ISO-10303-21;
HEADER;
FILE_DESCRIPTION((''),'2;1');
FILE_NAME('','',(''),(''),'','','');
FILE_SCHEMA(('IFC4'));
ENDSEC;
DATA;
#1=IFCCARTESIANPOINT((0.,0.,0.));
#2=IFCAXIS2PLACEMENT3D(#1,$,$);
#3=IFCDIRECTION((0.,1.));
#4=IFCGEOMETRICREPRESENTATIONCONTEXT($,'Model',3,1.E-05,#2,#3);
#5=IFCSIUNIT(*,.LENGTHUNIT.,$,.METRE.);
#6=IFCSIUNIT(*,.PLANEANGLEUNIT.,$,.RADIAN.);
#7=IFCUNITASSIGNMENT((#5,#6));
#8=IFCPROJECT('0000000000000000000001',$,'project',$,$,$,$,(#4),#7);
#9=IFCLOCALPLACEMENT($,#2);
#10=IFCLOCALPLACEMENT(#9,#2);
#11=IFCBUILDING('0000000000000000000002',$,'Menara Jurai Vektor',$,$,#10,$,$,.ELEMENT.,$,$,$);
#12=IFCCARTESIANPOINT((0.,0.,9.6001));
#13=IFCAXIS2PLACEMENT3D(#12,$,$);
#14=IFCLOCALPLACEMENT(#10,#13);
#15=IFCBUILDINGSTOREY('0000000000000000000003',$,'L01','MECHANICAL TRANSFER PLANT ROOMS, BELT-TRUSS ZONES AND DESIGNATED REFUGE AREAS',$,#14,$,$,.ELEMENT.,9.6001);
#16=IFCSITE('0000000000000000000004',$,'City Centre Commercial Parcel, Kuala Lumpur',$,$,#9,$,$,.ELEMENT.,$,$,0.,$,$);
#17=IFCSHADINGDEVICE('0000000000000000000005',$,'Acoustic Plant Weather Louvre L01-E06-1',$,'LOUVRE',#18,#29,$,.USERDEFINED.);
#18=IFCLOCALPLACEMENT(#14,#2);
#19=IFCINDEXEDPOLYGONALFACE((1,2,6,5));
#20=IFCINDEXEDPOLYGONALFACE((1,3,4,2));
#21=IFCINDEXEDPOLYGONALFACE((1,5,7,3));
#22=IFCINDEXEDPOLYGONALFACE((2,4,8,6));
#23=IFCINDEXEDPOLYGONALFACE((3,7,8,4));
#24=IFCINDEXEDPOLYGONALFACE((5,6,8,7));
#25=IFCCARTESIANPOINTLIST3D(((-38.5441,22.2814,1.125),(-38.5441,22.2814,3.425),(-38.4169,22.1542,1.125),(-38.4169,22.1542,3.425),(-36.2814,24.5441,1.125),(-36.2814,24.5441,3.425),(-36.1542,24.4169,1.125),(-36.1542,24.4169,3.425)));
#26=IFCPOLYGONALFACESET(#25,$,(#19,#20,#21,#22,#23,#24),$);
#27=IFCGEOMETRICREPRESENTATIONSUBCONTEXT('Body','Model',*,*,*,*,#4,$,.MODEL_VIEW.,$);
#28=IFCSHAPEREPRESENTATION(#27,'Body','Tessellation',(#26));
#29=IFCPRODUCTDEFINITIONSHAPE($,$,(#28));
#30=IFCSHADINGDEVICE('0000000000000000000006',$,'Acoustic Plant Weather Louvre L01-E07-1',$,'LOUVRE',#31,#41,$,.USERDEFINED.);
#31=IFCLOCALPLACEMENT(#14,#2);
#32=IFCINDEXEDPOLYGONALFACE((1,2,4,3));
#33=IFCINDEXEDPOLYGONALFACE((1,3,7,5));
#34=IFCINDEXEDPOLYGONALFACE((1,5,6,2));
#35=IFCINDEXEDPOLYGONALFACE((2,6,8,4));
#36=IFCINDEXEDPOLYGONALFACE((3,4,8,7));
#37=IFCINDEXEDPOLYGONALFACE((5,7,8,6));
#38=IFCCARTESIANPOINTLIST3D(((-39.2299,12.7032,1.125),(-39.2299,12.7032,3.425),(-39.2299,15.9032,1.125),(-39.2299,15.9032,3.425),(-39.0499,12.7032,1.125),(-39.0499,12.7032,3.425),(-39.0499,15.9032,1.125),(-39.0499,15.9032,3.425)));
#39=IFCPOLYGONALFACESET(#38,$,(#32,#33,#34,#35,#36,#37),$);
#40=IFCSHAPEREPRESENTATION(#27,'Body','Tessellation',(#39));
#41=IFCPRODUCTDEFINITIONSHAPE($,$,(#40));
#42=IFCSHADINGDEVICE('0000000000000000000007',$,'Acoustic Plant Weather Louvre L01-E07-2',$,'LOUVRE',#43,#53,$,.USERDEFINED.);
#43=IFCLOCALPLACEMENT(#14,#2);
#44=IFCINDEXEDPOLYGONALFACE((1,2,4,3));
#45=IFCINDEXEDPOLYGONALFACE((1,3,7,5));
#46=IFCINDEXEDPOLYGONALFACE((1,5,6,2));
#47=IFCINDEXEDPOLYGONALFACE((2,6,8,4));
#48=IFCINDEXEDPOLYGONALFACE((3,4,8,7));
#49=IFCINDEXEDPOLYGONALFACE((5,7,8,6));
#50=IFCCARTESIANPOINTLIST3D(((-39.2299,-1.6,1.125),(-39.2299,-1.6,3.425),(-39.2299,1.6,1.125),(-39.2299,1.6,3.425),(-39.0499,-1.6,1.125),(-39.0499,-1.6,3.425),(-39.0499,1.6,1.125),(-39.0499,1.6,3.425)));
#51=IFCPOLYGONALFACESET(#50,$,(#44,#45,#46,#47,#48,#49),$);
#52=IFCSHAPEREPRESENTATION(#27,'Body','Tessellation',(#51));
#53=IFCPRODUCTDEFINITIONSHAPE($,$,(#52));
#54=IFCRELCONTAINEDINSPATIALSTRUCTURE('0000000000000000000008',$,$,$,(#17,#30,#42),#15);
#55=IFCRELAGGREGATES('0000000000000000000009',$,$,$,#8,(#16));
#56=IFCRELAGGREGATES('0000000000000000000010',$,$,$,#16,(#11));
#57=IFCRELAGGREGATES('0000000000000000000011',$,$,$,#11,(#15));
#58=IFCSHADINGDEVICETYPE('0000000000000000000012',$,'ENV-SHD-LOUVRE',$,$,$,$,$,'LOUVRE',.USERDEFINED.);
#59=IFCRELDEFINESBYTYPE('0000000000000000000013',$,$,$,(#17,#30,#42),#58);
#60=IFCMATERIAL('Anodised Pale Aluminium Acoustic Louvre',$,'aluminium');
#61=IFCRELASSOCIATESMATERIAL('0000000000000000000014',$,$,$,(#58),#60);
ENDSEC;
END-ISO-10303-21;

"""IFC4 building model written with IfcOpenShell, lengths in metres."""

from ifc_helpers import new_model, si_unit, direction, frame, origin, origin_2d, place, context, subcontext, project, spatial, rectangle, extrude, material, type_object, element, save


model = new_model("IFC4")

# Units and contexts
model_context = context("Model", 3, precision=1e-05, world=origin(), true_north=direction((0.0, 1.0)))
body_context = subcontext(model_context, "Body", "Model", "MODEL_VIEW")
ifc_project = project(units=[si_unit("LENGTHUNIT", "METRE"), si_unit("PLANEANGLEUNIT", "RADIAN")], contexts=[model_context])

# Site, building, storey
site_placement = place(None, origin())
site = spatial("IfcSite", under=ifc_project, at=site_placement, Name="City Centre Commercial Parcel, Kuala Lumpur", CompositionType="ELEMENT", RefElevation=0.0)
building_placement = place(site_placement, origin())
building = spatial("IfcBuilding", under=site, at=building_placement, Name="Menara Jurai Vektor", CompositionType="ELEMENT")
storey_placement = place(building_placement, frame((0.0, 0.0, 9.6001)))
storey = spatial("IfcBuildingStorey", under=building, at=storey_placement, Name="L01", Description="MECHANICAL TRANSFER PLANT ROOMS, BELT-TRUSS ZONES AND DESIGNATED REFUGE AREAS", CompositionType="ELEMENT", Elevation=9.6001)

# Shading devices
ifc_material_1 = material(Name="Anodised Pale Aluminium Acoustic Louvre", Category="aluminium")
shading_device_type = type_object("IfcShadingDeviceType", Name="ENV-SHD-LOUVRE", ElementType="LOUVRE", PredefinedType="USERDEFINED", material=ifc_material_1)
for number, where, z_axis, x_axis, name in (
    (1, (-37.3491, 23.3491, 1.125), (0.0, 0.0, 1.0), (-0.707107, -0.707107, 0.0), "Acoustic Plant Weather Louvre L01-E06-1"),
    (2, (-39.1399, 14.3032, 1.125), (0.0, 0.0, 1.0), (0.0, -1.0, 0.0), "Acoustic Plant Weather Louvre L01-E07-1"),
    (3, (-39.1399, 0.0, 1.125), (0.0, 0.0, 1.0), (0.0, -1.0, 0.0), "Acoustic Plant Weather Louvre L01-E07-2"),
):
    element("IfcShadingDevice", number, at=place(storey_placement, frame(where, z_axis=z_axis, x_axis=x_axis)), inside=storey, type_object=shading_device_type, Name=name, ObjectType="LOUVRE", PredefinedType="USERDEFINED", context=body_context, shape_type="SweptSolid", body=[
        extrude(rectangle(XDim=3.2, YDim=0.1799, at=origin_2d()), origin(), (0.0, 0.0, 1.0), 2.3),
    ])

save(model, "model.ifc")
